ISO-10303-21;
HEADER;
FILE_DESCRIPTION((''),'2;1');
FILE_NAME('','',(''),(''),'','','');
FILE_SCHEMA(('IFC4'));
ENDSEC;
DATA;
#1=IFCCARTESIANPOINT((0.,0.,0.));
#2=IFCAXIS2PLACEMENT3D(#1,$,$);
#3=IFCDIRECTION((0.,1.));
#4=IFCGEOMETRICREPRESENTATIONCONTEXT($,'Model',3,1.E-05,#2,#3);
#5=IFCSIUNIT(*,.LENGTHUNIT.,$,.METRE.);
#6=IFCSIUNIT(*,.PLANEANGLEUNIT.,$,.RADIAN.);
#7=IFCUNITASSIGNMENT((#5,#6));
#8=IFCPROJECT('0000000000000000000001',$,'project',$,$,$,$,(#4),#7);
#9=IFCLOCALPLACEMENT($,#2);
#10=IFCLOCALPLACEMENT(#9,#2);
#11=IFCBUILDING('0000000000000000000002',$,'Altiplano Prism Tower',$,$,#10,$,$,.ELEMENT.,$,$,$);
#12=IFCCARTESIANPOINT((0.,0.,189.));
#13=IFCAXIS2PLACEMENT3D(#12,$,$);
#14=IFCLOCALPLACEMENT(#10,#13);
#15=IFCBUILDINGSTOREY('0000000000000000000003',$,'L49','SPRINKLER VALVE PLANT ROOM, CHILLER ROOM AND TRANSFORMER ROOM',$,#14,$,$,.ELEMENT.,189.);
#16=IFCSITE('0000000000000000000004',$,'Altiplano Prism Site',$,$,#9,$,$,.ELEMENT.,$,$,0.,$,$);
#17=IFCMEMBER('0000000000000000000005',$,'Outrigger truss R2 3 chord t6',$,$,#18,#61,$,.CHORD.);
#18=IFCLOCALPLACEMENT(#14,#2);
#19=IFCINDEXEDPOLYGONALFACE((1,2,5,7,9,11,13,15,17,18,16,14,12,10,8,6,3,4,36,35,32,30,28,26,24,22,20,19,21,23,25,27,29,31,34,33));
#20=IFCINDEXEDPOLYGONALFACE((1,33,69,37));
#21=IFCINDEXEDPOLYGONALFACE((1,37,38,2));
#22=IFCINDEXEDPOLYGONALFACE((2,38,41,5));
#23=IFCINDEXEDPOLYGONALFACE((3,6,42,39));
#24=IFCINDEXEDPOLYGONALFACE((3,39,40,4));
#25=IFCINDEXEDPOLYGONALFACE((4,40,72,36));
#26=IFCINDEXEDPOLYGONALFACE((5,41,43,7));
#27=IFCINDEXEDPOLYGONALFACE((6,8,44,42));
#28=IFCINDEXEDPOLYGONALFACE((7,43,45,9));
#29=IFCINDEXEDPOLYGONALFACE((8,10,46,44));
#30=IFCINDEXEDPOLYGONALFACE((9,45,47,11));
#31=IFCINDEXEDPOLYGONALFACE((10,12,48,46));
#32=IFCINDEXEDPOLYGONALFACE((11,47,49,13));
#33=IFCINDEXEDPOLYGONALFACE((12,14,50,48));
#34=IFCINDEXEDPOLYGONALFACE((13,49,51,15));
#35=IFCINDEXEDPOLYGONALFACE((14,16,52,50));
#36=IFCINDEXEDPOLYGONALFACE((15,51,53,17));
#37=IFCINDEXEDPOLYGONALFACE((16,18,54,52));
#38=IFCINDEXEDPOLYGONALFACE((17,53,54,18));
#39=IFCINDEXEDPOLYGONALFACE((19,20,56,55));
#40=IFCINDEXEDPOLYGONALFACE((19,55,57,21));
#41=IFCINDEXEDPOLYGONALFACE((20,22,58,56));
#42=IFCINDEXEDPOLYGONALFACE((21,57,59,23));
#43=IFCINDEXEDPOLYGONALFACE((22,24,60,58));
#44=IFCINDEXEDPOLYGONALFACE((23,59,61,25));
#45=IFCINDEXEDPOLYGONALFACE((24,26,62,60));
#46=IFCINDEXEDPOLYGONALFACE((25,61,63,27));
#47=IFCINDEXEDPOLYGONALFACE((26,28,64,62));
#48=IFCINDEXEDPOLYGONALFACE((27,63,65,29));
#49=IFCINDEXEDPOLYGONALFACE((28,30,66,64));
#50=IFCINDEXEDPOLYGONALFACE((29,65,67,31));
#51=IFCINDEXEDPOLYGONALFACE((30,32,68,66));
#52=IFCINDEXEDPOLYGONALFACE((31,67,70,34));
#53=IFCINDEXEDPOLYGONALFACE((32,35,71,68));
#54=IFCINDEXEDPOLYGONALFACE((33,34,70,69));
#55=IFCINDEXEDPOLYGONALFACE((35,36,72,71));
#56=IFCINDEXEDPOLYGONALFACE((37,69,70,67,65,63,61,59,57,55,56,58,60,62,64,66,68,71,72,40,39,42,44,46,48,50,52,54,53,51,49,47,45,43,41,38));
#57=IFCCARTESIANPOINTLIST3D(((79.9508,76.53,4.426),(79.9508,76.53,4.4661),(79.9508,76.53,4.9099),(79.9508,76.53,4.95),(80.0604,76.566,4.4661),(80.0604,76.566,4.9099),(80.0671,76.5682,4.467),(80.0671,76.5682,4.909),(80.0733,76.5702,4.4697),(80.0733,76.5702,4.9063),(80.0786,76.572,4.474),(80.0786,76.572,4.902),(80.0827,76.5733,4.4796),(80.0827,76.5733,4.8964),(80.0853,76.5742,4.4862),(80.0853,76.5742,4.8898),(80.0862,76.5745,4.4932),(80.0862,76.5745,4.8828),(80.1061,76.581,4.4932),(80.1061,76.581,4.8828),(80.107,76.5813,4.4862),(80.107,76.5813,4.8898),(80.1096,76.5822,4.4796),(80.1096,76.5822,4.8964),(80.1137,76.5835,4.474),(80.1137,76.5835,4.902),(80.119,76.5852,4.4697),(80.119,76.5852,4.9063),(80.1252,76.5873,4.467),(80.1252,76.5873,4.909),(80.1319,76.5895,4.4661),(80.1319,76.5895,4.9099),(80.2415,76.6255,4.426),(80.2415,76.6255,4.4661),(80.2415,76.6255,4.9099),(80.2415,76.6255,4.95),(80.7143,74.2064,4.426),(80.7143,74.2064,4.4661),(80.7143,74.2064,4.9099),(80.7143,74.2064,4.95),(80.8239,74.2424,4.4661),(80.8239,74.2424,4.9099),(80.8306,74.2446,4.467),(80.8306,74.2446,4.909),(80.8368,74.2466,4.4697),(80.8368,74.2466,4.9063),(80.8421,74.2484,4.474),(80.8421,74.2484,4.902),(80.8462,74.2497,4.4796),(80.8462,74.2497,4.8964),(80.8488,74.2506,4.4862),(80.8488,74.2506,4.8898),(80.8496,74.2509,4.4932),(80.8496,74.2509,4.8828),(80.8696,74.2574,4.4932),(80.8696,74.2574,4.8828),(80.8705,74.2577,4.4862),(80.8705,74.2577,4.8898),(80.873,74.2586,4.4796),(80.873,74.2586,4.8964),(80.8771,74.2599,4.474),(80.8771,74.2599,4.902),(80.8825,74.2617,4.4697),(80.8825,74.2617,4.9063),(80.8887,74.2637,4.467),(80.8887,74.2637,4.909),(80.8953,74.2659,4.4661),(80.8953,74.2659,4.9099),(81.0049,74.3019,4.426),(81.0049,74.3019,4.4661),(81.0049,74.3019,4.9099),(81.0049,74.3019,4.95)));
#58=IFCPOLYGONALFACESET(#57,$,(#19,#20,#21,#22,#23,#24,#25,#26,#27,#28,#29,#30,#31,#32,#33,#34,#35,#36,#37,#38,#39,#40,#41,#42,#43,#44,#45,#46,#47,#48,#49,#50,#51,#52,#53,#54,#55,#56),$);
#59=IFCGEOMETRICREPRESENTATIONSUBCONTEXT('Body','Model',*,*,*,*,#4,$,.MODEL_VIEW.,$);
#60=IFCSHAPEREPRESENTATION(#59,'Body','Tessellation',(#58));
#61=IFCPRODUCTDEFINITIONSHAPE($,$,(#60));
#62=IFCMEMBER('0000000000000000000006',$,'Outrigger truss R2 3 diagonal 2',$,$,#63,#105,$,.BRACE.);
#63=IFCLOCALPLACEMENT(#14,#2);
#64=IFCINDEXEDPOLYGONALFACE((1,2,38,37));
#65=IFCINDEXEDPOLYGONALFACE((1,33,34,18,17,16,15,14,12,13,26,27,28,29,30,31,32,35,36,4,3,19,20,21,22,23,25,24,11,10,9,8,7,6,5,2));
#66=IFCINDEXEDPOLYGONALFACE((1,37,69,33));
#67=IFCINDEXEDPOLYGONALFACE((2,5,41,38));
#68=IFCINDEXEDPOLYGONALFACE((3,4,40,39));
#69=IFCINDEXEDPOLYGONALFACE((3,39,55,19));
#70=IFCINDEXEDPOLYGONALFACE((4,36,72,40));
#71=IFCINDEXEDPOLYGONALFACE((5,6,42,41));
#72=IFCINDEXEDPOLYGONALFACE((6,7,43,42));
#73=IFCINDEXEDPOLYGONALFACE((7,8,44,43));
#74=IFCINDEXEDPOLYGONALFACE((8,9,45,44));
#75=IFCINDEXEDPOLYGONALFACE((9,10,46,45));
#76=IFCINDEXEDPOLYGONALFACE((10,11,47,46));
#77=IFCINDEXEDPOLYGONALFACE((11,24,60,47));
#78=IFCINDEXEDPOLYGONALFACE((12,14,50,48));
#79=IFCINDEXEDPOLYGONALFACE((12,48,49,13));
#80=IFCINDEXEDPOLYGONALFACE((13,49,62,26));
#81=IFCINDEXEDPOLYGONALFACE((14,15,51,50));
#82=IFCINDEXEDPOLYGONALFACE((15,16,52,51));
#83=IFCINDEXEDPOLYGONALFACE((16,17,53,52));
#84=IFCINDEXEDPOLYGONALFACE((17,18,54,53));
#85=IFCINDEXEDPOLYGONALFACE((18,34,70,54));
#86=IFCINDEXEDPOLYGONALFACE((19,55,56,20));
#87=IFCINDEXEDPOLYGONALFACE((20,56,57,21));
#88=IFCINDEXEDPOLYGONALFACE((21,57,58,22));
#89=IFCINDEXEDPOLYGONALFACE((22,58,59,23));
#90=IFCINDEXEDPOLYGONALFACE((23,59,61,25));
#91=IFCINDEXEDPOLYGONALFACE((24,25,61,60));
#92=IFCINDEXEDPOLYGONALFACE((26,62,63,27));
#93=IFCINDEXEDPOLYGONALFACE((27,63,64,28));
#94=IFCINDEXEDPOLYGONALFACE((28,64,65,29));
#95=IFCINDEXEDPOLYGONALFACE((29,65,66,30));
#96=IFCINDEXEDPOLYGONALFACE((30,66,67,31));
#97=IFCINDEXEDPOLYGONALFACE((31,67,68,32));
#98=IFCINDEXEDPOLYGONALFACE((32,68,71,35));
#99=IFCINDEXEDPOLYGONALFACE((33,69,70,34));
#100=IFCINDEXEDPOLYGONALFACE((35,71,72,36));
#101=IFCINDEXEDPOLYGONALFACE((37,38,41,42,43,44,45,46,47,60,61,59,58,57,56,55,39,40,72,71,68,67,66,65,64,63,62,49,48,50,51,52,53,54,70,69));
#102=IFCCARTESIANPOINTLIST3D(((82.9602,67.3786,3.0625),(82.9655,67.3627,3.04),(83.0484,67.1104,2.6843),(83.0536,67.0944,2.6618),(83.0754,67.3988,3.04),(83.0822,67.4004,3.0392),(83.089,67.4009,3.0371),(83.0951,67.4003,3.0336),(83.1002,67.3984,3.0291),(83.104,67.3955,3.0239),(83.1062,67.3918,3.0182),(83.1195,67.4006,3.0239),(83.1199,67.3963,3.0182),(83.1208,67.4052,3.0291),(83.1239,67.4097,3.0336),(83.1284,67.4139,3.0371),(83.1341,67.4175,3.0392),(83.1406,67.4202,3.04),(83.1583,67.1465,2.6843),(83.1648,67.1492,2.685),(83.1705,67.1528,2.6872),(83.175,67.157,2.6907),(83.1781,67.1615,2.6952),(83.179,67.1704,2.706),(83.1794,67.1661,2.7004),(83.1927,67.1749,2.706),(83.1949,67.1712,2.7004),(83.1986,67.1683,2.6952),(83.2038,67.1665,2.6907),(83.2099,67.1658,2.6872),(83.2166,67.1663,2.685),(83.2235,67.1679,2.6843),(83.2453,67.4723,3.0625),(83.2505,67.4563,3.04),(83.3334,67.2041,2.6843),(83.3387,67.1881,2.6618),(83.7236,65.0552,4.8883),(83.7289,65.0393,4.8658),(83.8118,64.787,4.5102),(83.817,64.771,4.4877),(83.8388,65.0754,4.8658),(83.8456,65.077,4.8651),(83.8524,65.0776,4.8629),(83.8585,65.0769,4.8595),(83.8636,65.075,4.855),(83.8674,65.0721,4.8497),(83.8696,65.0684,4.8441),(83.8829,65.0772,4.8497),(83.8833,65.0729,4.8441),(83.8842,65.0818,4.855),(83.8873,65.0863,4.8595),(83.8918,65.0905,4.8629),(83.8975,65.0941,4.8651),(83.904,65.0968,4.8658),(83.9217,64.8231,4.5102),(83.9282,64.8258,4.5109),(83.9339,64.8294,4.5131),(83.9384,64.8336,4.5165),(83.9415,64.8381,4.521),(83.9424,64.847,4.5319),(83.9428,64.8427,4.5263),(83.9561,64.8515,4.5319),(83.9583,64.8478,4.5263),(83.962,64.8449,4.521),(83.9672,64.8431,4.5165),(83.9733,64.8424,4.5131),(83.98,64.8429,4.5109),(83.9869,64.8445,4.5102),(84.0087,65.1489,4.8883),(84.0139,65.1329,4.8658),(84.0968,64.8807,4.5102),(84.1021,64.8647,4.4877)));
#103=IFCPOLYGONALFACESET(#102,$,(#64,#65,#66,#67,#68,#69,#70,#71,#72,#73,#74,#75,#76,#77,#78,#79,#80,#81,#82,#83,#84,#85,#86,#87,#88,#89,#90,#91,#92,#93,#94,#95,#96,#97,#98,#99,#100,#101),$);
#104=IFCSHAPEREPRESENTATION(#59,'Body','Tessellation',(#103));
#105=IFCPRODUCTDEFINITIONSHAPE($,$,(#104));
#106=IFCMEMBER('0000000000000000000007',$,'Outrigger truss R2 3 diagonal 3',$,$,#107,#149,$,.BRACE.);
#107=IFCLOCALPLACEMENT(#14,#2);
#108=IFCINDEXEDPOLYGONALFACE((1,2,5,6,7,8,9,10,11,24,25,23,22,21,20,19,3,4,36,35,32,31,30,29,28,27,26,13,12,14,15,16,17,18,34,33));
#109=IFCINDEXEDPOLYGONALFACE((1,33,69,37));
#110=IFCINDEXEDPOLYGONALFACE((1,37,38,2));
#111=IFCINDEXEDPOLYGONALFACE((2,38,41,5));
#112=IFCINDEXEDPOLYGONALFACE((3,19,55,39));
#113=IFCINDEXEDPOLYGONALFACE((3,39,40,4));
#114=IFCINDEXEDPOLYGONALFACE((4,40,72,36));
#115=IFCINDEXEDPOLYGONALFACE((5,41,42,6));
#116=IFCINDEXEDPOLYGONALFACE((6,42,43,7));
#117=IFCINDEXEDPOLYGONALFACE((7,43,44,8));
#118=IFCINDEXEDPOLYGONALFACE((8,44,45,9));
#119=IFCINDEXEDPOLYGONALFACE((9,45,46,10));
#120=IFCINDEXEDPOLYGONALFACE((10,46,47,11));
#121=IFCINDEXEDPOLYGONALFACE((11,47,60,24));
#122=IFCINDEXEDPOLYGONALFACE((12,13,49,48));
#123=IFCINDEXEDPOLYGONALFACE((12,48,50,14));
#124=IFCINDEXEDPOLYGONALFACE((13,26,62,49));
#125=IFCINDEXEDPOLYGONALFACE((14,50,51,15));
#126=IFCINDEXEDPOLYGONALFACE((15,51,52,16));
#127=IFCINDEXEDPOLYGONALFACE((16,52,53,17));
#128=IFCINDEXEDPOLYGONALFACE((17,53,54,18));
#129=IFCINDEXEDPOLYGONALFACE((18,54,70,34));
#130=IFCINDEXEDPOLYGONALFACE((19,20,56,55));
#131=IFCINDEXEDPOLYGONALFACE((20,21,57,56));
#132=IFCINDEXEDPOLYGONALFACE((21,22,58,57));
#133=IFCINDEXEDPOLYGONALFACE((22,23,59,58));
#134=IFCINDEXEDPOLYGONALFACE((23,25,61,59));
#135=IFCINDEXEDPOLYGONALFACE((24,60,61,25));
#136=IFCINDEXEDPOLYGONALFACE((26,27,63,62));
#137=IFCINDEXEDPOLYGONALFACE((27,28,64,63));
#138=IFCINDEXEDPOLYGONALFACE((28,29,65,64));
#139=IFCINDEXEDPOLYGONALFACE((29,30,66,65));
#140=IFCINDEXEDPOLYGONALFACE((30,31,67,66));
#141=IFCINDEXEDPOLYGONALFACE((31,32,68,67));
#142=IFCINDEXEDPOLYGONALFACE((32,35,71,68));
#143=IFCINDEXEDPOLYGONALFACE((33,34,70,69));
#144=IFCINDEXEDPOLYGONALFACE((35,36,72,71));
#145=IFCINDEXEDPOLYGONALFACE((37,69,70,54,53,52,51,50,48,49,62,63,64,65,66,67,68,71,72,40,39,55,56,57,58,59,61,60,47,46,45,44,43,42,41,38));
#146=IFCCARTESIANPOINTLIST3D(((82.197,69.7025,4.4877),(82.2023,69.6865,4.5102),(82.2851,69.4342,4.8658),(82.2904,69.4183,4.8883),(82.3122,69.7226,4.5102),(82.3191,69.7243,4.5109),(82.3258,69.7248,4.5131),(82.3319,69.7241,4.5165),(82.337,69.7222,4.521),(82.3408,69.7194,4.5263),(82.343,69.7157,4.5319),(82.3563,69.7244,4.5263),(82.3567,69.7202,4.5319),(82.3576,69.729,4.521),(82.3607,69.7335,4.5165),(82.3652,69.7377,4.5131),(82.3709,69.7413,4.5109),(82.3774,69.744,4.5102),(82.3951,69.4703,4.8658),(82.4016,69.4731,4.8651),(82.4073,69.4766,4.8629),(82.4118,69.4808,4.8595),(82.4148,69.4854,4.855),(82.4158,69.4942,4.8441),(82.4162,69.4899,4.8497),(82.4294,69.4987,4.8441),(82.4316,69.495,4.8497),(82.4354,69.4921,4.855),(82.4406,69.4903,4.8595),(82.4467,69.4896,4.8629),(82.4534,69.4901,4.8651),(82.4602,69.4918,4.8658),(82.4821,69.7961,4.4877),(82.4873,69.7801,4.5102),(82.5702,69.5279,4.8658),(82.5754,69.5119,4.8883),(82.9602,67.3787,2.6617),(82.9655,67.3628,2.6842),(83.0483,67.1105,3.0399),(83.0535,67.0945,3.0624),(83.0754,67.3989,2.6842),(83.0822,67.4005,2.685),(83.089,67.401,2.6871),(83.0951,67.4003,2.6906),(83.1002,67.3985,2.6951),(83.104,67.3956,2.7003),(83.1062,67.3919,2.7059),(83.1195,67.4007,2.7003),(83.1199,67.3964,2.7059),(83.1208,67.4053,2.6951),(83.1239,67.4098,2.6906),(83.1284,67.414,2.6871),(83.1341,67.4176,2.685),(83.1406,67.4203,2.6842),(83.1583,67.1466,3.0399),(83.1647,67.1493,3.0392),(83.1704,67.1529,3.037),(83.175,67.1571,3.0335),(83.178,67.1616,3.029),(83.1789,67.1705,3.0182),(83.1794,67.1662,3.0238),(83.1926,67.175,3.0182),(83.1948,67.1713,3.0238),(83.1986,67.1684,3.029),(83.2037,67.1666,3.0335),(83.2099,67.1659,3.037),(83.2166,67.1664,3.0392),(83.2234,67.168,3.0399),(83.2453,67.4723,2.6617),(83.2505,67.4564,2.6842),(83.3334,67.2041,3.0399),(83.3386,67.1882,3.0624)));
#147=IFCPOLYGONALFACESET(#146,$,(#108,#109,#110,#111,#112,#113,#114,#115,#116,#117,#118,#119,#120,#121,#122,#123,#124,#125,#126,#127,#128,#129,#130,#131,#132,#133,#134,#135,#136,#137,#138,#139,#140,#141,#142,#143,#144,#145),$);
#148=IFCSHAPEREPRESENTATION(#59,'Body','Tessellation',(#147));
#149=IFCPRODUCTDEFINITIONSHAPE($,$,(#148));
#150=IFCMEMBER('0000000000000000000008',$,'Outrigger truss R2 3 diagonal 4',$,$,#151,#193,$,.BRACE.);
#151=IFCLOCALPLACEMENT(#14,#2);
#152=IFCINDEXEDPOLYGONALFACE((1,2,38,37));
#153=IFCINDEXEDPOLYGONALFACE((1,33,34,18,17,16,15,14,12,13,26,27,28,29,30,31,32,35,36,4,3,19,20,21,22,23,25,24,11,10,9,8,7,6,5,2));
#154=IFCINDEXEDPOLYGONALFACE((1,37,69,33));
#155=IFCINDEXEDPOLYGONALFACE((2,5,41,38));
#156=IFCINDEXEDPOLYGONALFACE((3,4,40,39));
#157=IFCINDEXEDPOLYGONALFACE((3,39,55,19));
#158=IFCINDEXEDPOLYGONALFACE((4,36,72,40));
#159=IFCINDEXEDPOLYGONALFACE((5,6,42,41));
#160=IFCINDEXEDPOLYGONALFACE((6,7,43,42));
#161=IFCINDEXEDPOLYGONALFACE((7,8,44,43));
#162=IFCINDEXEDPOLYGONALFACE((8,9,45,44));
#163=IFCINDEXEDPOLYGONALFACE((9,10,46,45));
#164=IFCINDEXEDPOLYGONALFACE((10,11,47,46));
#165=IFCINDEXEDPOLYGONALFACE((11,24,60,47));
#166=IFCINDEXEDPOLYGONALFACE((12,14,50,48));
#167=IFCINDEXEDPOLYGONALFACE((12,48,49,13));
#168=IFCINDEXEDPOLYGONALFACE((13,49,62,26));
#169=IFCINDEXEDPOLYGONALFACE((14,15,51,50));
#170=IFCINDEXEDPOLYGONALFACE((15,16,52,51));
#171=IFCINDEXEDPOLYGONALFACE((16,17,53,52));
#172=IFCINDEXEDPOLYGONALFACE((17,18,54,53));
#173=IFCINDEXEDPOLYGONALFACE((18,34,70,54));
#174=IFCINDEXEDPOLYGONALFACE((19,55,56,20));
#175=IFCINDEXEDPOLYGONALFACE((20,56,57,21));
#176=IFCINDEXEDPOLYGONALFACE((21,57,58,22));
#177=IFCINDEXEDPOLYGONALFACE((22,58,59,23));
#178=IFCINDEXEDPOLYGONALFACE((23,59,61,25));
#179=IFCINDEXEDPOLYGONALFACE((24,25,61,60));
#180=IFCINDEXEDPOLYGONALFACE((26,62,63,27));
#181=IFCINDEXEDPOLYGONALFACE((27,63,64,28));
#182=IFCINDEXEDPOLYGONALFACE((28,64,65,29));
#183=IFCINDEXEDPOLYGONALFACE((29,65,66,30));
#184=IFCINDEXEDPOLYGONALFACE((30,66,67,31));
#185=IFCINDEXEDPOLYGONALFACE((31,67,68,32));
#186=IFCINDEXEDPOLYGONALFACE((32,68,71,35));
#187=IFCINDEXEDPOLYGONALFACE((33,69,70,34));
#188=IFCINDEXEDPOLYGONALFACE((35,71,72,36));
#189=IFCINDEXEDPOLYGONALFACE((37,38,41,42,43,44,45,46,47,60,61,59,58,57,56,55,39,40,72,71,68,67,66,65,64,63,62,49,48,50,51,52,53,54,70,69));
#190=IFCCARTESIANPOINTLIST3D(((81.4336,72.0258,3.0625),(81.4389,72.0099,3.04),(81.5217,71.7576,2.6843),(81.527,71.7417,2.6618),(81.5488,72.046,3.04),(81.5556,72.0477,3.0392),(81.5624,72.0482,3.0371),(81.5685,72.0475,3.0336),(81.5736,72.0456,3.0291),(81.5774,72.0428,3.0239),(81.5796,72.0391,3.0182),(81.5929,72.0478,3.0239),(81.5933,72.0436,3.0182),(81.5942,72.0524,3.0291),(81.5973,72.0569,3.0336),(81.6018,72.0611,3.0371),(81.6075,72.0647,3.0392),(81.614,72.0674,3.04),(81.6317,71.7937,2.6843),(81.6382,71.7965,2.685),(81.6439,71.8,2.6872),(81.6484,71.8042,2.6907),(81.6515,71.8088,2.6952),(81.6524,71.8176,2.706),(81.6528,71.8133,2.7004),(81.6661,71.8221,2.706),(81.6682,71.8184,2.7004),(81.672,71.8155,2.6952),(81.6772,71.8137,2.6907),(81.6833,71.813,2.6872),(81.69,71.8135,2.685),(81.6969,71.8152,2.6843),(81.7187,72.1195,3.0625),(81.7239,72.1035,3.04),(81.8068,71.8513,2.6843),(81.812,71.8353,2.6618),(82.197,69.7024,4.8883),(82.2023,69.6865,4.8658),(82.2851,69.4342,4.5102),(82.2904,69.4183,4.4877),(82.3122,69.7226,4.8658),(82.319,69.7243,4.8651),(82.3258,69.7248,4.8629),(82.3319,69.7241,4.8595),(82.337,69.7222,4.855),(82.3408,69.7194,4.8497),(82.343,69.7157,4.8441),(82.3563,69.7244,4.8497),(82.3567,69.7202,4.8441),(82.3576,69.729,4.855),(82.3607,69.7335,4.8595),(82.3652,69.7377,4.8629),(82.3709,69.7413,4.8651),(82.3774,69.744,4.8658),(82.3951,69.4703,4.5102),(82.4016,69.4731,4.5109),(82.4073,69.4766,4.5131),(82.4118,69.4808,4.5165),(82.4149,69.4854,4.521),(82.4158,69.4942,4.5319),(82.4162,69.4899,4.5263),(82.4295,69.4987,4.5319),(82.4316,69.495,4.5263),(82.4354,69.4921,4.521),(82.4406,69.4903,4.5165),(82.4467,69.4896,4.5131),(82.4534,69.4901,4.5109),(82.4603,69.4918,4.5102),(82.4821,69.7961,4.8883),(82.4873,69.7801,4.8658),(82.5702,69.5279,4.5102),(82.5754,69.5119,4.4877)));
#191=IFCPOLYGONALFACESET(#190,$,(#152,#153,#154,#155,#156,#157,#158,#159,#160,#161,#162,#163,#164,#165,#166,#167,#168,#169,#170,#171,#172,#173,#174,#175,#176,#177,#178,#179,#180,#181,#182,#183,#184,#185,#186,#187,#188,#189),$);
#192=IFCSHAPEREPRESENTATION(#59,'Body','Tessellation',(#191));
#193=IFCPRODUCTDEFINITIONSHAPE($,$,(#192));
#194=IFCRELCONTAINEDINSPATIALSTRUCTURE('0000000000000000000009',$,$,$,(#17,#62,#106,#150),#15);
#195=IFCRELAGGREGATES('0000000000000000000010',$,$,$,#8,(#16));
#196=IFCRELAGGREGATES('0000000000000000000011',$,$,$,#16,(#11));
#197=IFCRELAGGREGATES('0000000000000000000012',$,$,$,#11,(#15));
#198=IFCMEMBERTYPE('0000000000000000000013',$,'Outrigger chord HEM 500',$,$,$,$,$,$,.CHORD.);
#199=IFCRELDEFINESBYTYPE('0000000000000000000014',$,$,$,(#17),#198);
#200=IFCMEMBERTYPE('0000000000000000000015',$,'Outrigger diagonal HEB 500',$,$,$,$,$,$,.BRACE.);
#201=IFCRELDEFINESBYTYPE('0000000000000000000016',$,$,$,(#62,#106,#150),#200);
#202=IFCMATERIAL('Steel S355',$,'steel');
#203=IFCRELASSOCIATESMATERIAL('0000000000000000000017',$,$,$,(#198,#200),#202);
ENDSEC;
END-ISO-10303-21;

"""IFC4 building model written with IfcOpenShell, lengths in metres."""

from ifc_helpers import new_model, si_unit, direction, frame, origin, origin_2d, place, context, subcontext, project, spatial, i_section, extrude, material, material_profile, profile_set, type_object, element, save


model = new_model("IFC4")

# Units and contexts
model_context = context("Model", 3, precision=1e-05, world=origin(), true_north=direction((0.0, 1.0)))
body_context = subcontext(model_context, "Body", "Model", "MODEL_VIEW")
ifc_project = project(units=[si_unit("LENGTHUNIT", "METRE"), si_unit("PLANEANGLEUNIT", "RADIAN")], contexts=[model_context])

# Site, building, storey
site_placement = place(None, origin())
site = spatial("IfcSite", under=ifc_project, at=site_placement, Name="Altiplano Prism Site", CompositionType="ELEMENT", RefElevation=0.0)
building_placement = place(site_placement, origin())
building = spatial("IfcBuilding", under=site, at=building_placement, Name="Altiplano Prism Tower", CompositionType="ELEMENT")
storey_placement = place(building_placement, frame((0.0, 0.0, 189.0)))
storey = spatial("IfcBuildingStorey", under=building, at=storey_placement, Name="L49", Description="SPRINKLER VALVE PLANT ROOM, CHILLER ROOM AND TRANSFORMER ROOM", CompositionType="ELEMENT", Elevation=189.0)

# Shared definitions
ifc_material_1 = material(Name="Steel S355", Category="steel")

# Members
ifc_material_profile_1 = material_profile(ifc_material_1, i_section(OverallWidth=0.3059, OverallDepth=0.5239, WebThickness=0.021, FlangeThickness=0.04, FilletRadius=0.0271, at=origin_2d()), Name="Outrigger chord HEM 500")
ifc_profile_set_1 = profile_set([ifc_material_profile_1], Name="Steel S355")
member_type_1 = type_object("IfcMemberType", Name="Outrigger chord HEM 500", PredefinedType="CHORD", material=ifc_profile_set_1)
for number, where, z_axis, x_axis, name in (
    (1, (80.8596, 74.2542, 4.688), (-0.312152, 0.950032, 0.0), (-0.950032, -0.312152, 0.0), "Outrigger truss R2 3 chord t6"),
):
    element("IfcMember", number, at=place(storey_placement, frame(where, z_axis=z_axis, x_axis=x_axis)), inside=storey, type_object=member_type_1, Name=name, PredefinedType="CHORD", context=body_context, shape_type="SweptSolid", body=[
        extrude(i_section(OverallWidth=0.3059, OverallDepth=0.5239, WebThickness=0.021, FlangeThickness=0.04, FilletRadius=0.0271, at=origin_2d()), origin(), (0.0, 0.0, 1.0), 2.4458),
    ])
ifc_material_profile_2 = material_profile(ifc_material_1, i_section(OverallWidth=0.3, OverallDepth=0.5, WebThickness=0.0144, FlangeThickness=0.0281, FilletRadius=0.0271, at=origin_2d()), Name="Outrigger diagonal HEB 500")
ifc_profile_set_2 = profile_set([ifc_material_profile_2], Name="Steel S355")
member_type_2 = type_object("IfcMemberType", Name="Outrigger diagonal HEB 500", PredefinedType="BRACE", material=ifc_profile_set_2)
member_1_placement = place(storey_placement, frame((83.9128, 64.96, 4.688), z_axis=(-0.25013, 0.76127, -0.598249), x_axis=(-0.950032, -0.312152, 0.0)))
element("IfcMember", 2, at=member_1_placement, inside=storey, type_object=member_type_2, Name="Outrigger truss R2 3 diagonal 2", PredefinedType="BRACE", context=body_context, shape_type="SweptSolid", body=[
    extrude(i_section(OverallWidth=0.3, OverallDepth=0.5, WebThickness=0.0144, FlangeThickness=0.0281, FilletRadius=0.0271, at=origin_2d()), origin(), (0.0, 0.0, 1.0), 3.052),
])
member_2_placement = place(storey_placement, frame((83.1494, 67.2834, 2.8621), z_axis=(-0.25004, 0.761319, 0.598225), x_axis=(-0.950071, -0.312032, 0.0)))
element("IfcMember", 3, at=member_2_placement, inside=storey, type_object=member_type_2, Name="Outrigger truss R2 3 diagonal 3", PredefinedType="BRACE", context=body_context, shape_type="SweptSolid", body=[
    extrude(i_section(OverallWidth=0.3, OverallDepth=0.5, WebThickness=0.0144, FlangeThickness=0.0281, FilletRadius=0.0271, at=origin_2d()), origin(), (0.0, 0.0, 1.0), 3.0522),
])
for number, where, z_axis, x_axis, name in (
    (4, (82.3862, 69.6072, 4.688), (-0.25013, 0.76127, -0.598249), (-0.950032, -0.312152, 0.0), "Outrigger truss R2 3 diagonal 4"),
):
    element("IfcMember", number, at=place(storey_placement, frame(where, z_axis=z_axis, x_axis=x_axis)), inside=storey, type_object=member_type_2, Name=name, PredefinedType="BRACE", context=body_context, shape_type="SweptSolid", body=[
        extrude(i_section(OverallWidth=0.3, OverallDepth=0.5, WebThickness=0.0144, FlangeThickness=0.0281, FilletRadius=0.0271, at=origin_2d()), origin(), (0.0, 0.0, 1.0), 3.052),
    ])

save(model, "model.ifc")
